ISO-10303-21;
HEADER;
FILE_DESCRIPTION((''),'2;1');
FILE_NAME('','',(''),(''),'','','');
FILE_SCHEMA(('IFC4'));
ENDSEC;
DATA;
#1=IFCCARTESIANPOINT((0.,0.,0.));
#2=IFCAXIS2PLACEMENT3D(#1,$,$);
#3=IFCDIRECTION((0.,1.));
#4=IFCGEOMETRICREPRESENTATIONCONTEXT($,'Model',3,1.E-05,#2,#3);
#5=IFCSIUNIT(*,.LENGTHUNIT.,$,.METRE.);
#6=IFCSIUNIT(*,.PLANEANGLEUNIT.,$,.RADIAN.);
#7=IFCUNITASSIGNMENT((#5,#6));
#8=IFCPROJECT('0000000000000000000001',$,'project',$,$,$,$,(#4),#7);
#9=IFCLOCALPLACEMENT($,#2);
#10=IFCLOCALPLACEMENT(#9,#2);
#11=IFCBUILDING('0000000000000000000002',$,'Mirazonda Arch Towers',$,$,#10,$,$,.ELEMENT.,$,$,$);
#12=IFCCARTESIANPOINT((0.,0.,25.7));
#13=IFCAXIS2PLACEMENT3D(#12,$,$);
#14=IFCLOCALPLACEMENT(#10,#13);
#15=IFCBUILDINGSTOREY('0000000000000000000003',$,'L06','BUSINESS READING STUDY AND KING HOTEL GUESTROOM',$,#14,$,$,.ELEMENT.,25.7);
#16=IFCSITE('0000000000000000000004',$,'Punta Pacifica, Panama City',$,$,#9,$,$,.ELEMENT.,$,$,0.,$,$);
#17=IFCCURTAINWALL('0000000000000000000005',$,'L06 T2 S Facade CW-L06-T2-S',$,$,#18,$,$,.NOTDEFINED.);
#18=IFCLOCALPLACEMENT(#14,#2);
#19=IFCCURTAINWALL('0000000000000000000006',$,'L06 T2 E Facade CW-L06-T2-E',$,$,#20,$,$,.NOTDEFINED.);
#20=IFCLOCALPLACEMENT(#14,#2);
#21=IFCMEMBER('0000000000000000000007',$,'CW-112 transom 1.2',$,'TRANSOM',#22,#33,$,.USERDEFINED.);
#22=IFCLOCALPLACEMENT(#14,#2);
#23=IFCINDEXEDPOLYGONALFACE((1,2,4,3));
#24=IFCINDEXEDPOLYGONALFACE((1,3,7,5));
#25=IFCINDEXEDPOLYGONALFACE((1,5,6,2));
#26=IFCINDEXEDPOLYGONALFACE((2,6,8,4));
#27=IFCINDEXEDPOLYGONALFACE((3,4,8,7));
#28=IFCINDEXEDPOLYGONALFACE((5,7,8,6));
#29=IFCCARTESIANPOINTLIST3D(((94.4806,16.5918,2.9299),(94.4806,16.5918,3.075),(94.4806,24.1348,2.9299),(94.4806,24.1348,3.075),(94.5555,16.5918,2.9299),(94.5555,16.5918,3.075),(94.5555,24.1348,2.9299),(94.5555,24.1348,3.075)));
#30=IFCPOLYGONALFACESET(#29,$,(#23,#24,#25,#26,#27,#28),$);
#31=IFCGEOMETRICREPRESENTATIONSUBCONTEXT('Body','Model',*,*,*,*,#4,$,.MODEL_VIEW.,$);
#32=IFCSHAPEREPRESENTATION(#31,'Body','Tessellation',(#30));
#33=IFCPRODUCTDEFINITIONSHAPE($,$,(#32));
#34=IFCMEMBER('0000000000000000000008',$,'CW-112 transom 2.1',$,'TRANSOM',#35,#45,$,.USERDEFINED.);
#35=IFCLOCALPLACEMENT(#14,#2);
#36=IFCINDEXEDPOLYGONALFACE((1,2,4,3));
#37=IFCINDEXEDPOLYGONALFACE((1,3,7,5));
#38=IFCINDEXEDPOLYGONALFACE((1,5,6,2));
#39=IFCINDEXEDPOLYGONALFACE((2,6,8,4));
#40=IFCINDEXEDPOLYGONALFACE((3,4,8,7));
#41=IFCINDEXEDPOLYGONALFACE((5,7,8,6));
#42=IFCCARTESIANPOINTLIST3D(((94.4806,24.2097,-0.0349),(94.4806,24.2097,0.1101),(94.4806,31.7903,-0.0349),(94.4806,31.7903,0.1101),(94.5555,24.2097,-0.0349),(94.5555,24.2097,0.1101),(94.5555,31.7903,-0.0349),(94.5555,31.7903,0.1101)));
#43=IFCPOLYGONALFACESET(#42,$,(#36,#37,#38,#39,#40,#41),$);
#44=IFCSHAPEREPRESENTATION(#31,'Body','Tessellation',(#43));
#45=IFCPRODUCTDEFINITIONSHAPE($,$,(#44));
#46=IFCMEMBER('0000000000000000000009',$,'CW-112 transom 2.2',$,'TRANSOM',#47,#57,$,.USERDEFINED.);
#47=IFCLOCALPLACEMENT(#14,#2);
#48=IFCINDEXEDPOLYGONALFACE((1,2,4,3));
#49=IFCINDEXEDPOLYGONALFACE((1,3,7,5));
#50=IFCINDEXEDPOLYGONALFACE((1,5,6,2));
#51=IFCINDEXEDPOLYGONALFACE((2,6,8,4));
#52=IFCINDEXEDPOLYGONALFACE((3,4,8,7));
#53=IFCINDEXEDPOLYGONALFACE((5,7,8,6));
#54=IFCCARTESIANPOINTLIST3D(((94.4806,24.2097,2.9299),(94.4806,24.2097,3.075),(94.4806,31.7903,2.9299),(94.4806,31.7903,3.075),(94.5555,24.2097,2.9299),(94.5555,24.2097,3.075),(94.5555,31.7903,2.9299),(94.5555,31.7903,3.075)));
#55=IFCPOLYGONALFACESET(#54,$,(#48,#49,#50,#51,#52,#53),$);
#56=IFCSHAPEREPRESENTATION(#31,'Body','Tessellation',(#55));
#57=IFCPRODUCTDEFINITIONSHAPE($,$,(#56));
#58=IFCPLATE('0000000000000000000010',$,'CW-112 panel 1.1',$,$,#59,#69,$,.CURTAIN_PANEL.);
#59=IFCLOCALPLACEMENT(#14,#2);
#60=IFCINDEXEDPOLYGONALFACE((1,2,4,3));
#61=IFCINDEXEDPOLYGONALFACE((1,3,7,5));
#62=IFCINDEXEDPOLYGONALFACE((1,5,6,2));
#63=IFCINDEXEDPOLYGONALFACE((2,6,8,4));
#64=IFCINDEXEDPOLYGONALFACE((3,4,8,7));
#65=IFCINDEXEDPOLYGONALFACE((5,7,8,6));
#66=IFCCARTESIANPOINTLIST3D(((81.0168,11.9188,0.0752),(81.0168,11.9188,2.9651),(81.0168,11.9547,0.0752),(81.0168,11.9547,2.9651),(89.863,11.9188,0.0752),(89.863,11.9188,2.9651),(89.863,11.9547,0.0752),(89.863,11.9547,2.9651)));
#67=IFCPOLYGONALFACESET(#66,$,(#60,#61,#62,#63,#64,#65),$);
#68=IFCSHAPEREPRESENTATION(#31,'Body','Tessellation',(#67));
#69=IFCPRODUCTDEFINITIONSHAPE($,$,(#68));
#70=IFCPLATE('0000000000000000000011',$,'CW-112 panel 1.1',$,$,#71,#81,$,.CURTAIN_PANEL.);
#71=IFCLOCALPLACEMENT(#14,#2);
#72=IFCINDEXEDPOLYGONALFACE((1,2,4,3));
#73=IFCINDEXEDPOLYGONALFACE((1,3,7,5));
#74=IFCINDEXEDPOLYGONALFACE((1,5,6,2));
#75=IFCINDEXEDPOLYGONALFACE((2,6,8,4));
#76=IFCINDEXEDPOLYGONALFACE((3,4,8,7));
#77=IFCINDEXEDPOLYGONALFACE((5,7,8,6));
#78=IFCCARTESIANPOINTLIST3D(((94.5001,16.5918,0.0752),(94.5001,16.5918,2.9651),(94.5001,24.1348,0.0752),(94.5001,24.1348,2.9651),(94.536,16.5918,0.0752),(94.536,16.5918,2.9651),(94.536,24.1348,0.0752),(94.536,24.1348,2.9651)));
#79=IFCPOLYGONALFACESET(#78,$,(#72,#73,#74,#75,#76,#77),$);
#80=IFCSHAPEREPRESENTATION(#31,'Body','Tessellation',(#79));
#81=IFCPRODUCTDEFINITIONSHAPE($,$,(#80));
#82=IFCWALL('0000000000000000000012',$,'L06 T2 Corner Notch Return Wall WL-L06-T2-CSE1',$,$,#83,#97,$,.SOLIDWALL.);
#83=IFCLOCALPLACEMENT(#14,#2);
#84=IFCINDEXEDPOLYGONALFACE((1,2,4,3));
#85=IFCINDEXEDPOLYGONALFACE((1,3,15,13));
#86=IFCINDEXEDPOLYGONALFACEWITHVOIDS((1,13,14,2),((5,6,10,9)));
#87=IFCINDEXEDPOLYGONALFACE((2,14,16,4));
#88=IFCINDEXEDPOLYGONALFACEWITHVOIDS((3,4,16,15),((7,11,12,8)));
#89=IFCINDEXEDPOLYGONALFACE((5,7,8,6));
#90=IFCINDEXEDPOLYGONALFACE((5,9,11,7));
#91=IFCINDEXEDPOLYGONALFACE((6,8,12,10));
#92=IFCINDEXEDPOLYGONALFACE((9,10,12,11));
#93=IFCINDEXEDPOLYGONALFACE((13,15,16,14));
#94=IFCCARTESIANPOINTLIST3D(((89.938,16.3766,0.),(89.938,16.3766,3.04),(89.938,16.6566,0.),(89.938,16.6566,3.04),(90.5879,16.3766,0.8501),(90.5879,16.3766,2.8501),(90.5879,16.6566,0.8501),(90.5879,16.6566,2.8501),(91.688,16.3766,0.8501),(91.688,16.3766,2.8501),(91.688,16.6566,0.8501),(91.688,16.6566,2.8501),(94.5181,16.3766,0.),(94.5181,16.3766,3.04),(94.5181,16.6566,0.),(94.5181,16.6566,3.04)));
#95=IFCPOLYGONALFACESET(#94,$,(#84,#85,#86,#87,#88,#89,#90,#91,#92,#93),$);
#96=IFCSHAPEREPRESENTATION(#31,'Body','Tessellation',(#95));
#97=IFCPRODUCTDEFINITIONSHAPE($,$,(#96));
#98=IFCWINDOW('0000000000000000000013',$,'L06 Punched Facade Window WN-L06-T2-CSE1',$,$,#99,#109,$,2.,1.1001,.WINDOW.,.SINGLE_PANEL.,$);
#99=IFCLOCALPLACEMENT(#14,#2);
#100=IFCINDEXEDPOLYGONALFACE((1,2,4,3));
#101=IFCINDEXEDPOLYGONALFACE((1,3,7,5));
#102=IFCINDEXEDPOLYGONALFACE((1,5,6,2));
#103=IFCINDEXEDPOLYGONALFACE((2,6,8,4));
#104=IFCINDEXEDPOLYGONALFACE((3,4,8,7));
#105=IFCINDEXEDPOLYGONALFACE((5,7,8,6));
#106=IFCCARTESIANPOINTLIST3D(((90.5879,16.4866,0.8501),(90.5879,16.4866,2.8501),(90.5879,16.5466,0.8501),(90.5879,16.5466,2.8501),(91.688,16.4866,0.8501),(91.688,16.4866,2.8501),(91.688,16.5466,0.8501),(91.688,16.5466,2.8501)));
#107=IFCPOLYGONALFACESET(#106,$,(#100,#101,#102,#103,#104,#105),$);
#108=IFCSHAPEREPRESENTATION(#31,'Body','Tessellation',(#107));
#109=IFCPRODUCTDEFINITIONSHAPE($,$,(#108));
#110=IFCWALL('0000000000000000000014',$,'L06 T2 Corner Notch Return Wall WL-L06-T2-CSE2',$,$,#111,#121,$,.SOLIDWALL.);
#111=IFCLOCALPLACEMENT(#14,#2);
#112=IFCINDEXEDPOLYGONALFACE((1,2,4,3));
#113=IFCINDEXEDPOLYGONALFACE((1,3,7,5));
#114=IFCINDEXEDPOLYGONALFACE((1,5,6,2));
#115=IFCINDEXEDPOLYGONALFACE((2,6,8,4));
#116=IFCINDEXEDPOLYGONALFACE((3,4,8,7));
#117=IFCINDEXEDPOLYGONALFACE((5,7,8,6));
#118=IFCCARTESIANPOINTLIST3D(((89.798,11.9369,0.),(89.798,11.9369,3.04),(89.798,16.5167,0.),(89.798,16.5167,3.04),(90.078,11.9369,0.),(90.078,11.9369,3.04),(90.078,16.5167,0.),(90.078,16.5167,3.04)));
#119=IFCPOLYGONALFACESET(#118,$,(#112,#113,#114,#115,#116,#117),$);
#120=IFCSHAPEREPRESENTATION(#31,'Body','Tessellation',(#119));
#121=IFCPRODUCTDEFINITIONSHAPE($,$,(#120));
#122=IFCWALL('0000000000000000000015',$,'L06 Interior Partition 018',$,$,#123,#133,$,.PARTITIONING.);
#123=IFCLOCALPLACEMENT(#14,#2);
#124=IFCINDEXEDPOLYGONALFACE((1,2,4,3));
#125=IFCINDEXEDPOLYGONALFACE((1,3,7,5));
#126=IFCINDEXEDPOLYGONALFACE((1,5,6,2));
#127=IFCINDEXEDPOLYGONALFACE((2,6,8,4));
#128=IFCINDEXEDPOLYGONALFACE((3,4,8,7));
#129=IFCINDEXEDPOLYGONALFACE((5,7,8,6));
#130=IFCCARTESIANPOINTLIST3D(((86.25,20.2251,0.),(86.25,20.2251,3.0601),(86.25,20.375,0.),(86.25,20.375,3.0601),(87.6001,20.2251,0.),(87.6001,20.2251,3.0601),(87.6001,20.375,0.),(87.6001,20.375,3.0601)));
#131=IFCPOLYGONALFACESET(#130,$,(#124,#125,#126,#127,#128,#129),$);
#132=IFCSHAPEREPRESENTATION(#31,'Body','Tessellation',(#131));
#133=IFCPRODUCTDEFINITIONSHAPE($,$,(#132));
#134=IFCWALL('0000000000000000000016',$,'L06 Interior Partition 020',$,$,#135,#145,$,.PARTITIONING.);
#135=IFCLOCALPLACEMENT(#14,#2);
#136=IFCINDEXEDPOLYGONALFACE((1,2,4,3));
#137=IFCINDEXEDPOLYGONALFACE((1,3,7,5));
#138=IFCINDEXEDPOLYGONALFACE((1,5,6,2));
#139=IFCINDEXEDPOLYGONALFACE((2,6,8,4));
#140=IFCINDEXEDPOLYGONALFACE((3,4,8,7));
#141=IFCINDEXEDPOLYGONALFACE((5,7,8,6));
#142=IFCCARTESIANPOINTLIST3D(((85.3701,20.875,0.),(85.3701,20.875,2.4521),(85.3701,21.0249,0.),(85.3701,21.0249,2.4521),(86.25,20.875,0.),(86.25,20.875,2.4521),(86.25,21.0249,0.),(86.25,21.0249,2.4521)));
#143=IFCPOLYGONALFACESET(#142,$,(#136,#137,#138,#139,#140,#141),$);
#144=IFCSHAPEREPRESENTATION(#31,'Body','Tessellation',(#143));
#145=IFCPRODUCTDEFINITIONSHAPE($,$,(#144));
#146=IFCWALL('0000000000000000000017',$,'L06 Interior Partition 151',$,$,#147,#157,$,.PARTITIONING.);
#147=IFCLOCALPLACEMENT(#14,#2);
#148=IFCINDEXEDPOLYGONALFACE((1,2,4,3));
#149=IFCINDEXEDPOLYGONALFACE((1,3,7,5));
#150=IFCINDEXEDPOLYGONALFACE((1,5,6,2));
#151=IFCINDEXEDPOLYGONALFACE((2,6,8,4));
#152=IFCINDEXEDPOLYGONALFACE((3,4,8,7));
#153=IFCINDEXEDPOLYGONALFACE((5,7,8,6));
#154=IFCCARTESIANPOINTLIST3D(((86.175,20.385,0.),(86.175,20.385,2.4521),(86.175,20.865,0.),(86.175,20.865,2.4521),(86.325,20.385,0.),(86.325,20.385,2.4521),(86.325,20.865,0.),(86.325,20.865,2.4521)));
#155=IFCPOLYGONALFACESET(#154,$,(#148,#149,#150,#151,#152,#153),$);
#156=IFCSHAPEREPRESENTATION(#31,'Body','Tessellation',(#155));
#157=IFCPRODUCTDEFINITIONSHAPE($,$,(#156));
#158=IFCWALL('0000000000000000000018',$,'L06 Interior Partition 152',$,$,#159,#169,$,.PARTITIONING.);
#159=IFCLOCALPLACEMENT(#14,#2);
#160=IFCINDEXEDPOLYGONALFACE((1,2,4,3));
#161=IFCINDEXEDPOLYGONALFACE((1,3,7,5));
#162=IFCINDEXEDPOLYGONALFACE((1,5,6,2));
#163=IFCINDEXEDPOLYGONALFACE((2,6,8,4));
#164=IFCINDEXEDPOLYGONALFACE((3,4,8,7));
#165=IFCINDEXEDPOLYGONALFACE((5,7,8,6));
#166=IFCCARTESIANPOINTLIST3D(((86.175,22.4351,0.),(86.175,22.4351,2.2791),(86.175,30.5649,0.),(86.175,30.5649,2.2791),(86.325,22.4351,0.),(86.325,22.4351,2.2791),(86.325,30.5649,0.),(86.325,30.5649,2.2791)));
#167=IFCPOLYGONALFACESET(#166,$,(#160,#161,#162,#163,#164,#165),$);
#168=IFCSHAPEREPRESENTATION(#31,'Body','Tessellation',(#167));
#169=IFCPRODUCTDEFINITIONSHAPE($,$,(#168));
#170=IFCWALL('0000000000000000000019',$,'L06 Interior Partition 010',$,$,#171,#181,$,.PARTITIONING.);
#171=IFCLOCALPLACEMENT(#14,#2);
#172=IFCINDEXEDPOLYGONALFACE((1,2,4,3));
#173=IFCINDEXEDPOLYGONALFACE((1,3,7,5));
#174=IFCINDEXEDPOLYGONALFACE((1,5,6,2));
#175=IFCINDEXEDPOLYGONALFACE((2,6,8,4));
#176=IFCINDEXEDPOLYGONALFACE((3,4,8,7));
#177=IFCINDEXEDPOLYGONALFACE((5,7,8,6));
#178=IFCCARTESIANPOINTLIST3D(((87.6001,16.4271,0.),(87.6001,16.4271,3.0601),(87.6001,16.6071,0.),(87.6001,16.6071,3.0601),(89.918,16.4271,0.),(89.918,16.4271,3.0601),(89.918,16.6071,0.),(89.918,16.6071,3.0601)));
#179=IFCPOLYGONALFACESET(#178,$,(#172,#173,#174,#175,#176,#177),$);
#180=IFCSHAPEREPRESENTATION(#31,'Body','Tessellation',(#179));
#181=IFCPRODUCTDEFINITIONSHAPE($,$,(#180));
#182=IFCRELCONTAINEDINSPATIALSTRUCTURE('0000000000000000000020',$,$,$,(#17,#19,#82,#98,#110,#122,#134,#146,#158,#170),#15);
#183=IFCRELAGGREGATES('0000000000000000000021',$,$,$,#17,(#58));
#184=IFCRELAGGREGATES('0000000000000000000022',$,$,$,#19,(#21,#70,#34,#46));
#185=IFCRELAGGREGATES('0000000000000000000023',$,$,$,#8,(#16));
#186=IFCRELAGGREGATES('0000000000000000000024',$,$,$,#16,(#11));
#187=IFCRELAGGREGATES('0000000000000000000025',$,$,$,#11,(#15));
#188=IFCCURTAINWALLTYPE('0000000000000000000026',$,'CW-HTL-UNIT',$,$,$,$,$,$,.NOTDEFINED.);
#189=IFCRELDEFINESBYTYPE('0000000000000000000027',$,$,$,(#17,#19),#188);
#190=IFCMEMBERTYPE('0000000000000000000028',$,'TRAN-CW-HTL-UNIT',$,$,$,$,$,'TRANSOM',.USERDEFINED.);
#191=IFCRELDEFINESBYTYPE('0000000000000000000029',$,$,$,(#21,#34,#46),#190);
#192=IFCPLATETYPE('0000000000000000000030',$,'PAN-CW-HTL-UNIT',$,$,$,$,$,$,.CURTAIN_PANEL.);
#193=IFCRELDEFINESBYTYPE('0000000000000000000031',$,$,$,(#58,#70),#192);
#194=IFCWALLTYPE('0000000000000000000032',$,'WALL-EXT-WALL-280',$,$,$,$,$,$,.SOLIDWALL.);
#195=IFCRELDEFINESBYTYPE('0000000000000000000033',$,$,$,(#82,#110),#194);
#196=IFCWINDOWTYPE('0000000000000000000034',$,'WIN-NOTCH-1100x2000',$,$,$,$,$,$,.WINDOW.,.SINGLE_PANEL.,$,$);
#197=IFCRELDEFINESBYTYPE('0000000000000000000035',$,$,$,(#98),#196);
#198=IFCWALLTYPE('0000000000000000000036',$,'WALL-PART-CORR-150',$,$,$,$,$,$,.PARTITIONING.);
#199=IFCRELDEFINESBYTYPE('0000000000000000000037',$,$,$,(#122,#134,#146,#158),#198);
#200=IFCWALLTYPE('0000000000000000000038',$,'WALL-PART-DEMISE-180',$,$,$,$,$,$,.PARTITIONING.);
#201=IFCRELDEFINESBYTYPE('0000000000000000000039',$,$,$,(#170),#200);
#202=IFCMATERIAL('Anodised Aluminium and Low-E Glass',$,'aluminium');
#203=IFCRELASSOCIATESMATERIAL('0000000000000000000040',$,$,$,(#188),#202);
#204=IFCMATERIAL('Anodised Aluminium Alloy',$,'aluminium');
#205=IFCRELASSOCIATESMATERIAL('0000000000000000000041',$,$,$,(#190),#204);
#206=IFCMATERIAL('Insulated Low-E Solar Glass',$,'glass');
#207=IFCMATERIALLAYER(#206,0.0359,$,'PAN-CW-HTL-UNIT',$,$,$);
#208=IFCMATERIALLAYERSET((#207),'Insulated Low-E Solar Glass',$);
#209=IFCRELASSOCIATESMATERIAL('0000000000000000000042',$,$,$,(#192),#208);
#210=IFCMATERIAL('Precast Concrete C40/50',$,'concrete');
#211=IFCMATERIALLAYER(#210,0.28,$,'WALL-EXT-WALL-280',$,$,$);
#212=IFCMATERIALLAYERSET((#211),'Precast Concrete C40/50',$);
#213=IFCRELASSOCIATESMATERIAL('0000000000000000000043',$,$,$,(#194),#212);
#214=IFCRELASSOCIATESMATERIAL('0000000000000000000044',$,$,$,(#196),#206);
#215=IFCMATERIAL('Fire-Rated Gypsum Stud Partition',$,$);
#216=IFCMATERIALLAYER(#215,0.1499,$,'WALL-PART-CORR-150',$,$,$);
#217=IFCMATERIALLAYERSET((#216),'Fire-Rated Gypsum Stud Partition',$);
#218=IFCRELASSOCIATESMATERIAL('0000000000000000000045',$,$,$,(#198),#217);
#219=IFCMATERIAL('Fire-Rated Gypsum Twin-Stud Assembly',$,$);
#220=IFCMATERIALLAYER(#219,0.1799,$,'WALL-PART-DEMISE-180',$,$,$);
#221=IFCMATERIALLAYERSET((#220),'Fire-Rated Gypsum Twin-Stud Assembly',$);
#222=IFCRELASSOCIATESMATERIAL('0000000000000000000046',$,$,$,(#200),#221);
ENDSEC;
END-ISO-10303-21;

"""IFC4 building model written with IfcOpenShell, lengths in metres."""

from ifc_helpers import new_model, si_unit, direction, frame, frame_2d, origin, origin_2d, place, context, subcontext, project, spatial, rectangle, extrude, material, layer, layer_set, material_profile, profile_set, type_object, element, fill, aggregate, save


model = new_model("IFC4")

# Units and contexts
model_context = context("Model", 3, precision=1e-05, world=origin(), true_north=direction((0.0, 1.0)))
body_context = subcontext(model_context, "Body", "Model", "MODEL_VIEW")
ifc_project = project(units=[si_unit("LENGTHUNIT", "METRE"), si_unit("PLANEANGLEUNIT", "RADIAN")], contexts=[model_context])

# Site, building, storey
site_placement = place(None, origin())
site = spatial("IfcSite", under=ifc_project, at=site_placement, Name="Punta Pacifica, Panama City", CompositionType="ELEMENT", RefElevation=0.0)
building_placement = place(site_placement, origin())
building = spatial("IfcBuilding", under=site, at=building_placement, Name="Mirazonda Arch Towers", CompositionType="ELEMENT")
storey_placement = place(building_placement, frame((0.0, 0.0, 25.7)))
storey = spatial("IfcBuildingStorey", under=building, at=storey_placement, Name="L06", Description="BUSINESS READING STUDY AND KING HOTEL GUESTROOM", CompositionType="ELEMENT", Elevation=25.7)

# Curtain wall
ifc_material_1 = material(Name="Anodised Aluminium and Low-E Glass", Category="aluminium")
curtain_wall_type = type_object("IfcCurtainWallType", Name="CW-HTL-UNIT", PredefinedType="NOTDEFINED", material=ifc_material_1)
curtain_wall_1_placement = place(storey_placement, origin())
curtain_wall_1 = element("IfcCurtainWall", 1, at=curtain_wall_1_placement, inside=storey, type_object=curtain_wall_type, Name="L06 T2 S Facade CW-L06-T2-S", PredefinedType="NOTDEFINED")
ifc_material_2 = material(Name="Anodised Aluminium Alloy", Category="aluminium")

# Curtain wall
curtain_wall_2_placement = place(storey_placement, origin())
curtain_wall_2 = element("IfcCurtainWall", 2, at=curtain_wall_2_placement, inside=storey, type_object=curtain_wall_type, Name="L06 T2 E Facade CW-L06-T2-E", PredefinedType="NOTDEFINED")

# Members
ifc_material_profile_1 = material_profile(ifc_material_2, rectangle(XDim=0.075, YDim=0.145, at=origin_2d()), Name="ALU-TRAN-75x145")
ifc_profile_set_1 = profile_set([ifc_material_profile_1], Name="Anodised Aluminium Alloy")
member_type_1 = type_object("IfcMemberType", Name="TRAN-CW-HTL-UNIT", ElementType="TRANSOM", PredefinedType="USERDEFINED", material=ifc_profile_set_1)
member_1_placement = place(storey_placement, frame((94.5181, 16.5918, 3.0024), z_axis=(0.0, 1.0, 0.0), x_axis=(-1.0, 0.0, 0.0)))
member_1 = element("IfcMember", 3, at=member_1_placement, type_object=member_type_1, Name="CW-112 transom 1.2", ObjectType="TRANSOM", PredefinedType="USERDEFINED", context=body_context, shape_type="SweptSolid", body=[
    extrude(rectangle(XDim=0.075, YDim=0.145, at=origin_2d()), origin(), (0.0, 0.0, 1.0), 7.543),
])
member_2_placement = place(storey_placement, frame((94.5181, 24.2097, 0.0376), z_axis=(0.0, 1.0, 0.0), x_axis=(-1.0, 0.0, 0.0)))
member_2 = element("IfcMember", 4, at=member_2_placement, type_object=member_type_1, Name="CW-112 transom 2.1", ObjectType="TRANSOM", PredefinedType="USERDEFINED", context=body_context, shape_type="SweptSolid", body=[
    extrude(rectangle(XDim=0.075, YDim=0.145, at=origin_2d()), origin(), (0.0, 0.0, 1.0), 7.5806),
])
member_3_placement = place(storey_placement, frame((94.5181, 24.2097, 3.0024), z_axis=(0.0, 1.0, 0.0), x_axis=(-1.0, 0.0, 0.0)))
member_3 = element("IfcMember", 5, at=member_3_placement, type_object=member_type_1, Name="CW-112 transom 2.2", ObjectType="TRANSOM", PredefinedType="USERDEFINED", context=body_context, shape_type="SweptSolid", body=[
    extrude(rectangle(XDim=0.075, YDim=0.145, at=origin_2d()), origin(), (0.0, 0.0, 1.0), 7.5806),
])

# Plates
ifc_material_3 = material(Name="Insulated Low-E Solar Glass", Category="glass")
ifc_layer_1 = layer(ifc_material_3, 0.0359, Name="PAN-CW-HTL-UNIT")
ifc_layer_set_1 = layer_set([ifc_layer_1], Name="Insulated Low-E Solar Glass")
plate_type = type_object("IfcPlateType", Name="PAN-CW-HTL-UNIT", PredefinedType="CURTAIN_PANEL", material=ifc_layer_set_1)
plate_1_placement = place(storey_placement, frame((85.4399, 11.9368, 0.0752), z_axis=(0.0, 0.0, 1.0), x_axis=(-1.0, 0.0, 0.0)))
plate_1 = element("IfcPlate", 6, at=plate_1_placement, type_object=plate_type, Name="CW-112 panel 1.1", PredefinedType="CURTAIN_PANEL", context=body_context, shape_type="SweptSolid", body=[
    extrude(rectangle(XDim=8.8462, YDim=0.0359, at=origin_2d()), origin(), (0.0, 0.0, 1.0), 2.8899),
])
aggregate(curtain_wall_1, [plate_1])
plate_2_placement = place(storey_placement, frame((94.5181, 20.3633, 0.0752), z_axis=(0.0, 0.0, 1.0), x_axis=(0.0, 1.0, 0.0)))
plate_2 = element("IfcPlate", 7, at=plate_2_placement, type_object=plate_type, Name="CW-112 panel 1.1", PredefinedType="CURTAIN_PANEL", context=body_context, shape_type="SweptSolid", body=[
    extrude(rectangle(XDim=7.543, YDim=0.0359, at=origin_2d()), origin(), (0.0, 0.0, 1.0), 2.8899),
])
aggregate(curtain_wall_2, [member_1, plate_2, member_2, member_3])

# Wall, opening, window
ifc_material_4 = material(Name="Precast Concrete C40/50", Category="concrete")
ifc_layer_2 = layer(ifc_material_4, 0.28, Name="WALL-EXT-WALL-280")
ifc_layer_set_2 = layer_set([ifc_layer_2], Name="Precast Concrete C40/50")
wall_type_1 = type_object("IfcWallType", Name="WALL-EXT-WALL-280", PredefinedType="SOLIDWALL", material=ifc_layer_set_2)
wall_1_placement = place(storey_placement, frame((89.938, 16.5166, 0.0), z_axis=(0.0, 0.0, 1.0), x_axis=(1.0, 0.0, 0.0)))
wall_1 = element("IfcWall", 8, at=wall_1_placement, inside=storey, type_object=wall_type_1, Name="L06 T2 Corner Notch Return Wall WL-L06-T2-CSE1", PredefinedType="SOLIDWALL", context=body_context, shape_type="SweptSolid", body=[
    extrude(rectangle(XDim=4.5801, YDim=0.28, at=frame_2d((2.29, 0.0))), origin(), (0.0, 0.0, 1.0), 3.04),
])
opening_1_placement = place(wall_1_placement, frame((0.6499, 0.0, 0.8501)))
opening_1 = element("IfcOpeningElement", 9, at=opening_1_placement, cuts=wall_1, PredefinedType="OPENING", context=body_context, shape_type="SweptSolid", body=[
    extrude(rectangle(XDim=1.1001, YDim=2.0, at=frame_2d((0.55, 1.0))), frame((0.0, 0.1499, 0.0), z_axis=(0.0, -1.0, 0.0), x_axis=(1.0, 0.0, 0.0)), (0.0, 0.0, 1.0), 0.3),
])
window_type = type_object("IfcWindowType", Name="WIN-NOTCH-1100x2000", PartitioningType="SINGLE_PANEL", PredefinedType="WINDOW", material=ifc_material_3)
window_placement = place(opening_1_placement, origin())
window = element("IfcWindow", 10, at=window_placement, inside=storey, type_object=window_type, Name="L06 Punched Facade Window WN-L06-T2-CSE1", OverallHeight=2.0, OverallWidth=1.1001, PartitioningType="SINGLE_PANEL", PredefinedType="WINDOW", context=body_context, shape_type="SweptSolid", body=[
    extrude(rectangle(XDim=1.1001, YDim=2.0, at=frame_2d((0.55, 1.0))), frame((0.0, 0.03, 0.0), z_axis=(0.0, -1.0, 0.0), x_axis=(1.0, 0.0, 0.0)), (0.0, 0.0, 1.0), 0.0601),
])
fill(opening_1, window)

# Walls
wall_2_placement = place(storey_placement, frame((89.938, 11.9368, 0.0), z_axis=(0.0, 0.0, 1.0), x_axis=(0.0, 1.0, 0.0)))
element("IfcWall", 11, at=wall_2_placement, inside=storey, type_object=wall_type_1, Name="L06 T2 Corner Notch Return Wall WL-L06-T2-CSE2", PredefinedType="SOLIDWALL", context=body_context, shape_type="SweptSolid", body=[
    extrude(rectangle(XDim=4.5798, YDim=0.28, at=frame_2d((2.29, 0.0))), origin(), (0.0, 0.0, 1.0), 3.04),
])
ifc_material_5 = material(Name="Fire-Rated Gypsum Stud Partition")
ifc_layer_3 = layer(ifc_material_5, 0.1499, Name="WALL-PART-CORR-150")
ifc_layer_set_3 = layer_set([ifc_layer_3], Name="Fire-Rated Gypsum Stud Partition")
wall_type_2 = type_object("IfcWallType", Name="WALL-PART-CORR-150", PredefinedType="PARTITIONING", material=ifc_layer_set_3)
wall_3_placement = place(storey_placement, frame((86.25, 20.3, 0.0), z_axis=(0.0, 0.0, 1.0), x_axis=(1.0, 0.0, 0.0)))
element("IfcWall", 12, at=wall_3_placement, inside=storey, type_object=wall_type_2, Name="L06 Interior Partition 018", PredefinedType="PARTITIONING", context=body_context, shape_type="SweptSolid", body=[
    extrude(rectangle(XDim=1.3501, YDim=0.1499, at=frame_2d((0.675, 0.0))), origin(), (0.0, 0.0, 1.0), 3.0601),
])
wall_4_placement = place(storey_placement, frame((85.3701, 20.95, 0.0), z_axis=(0.0, 0.0, 1.0), x_axis=(1.0, 0.0, 0.0)))
element("IfcWall", 13, at=wall_4_placement, inside=storey, type_object=wall_type_2, Name="L06 Interior Partition 020", PredefinedType="PARTITIONING", context=body_context, shape_type="SweptSolid", body=[
    extrude(rectangle(XDim=0.8799, YDim=0.1499, at=frame_2d((0.4399, 0.0))), origin(), (0.0, 0.0, 1.0), 2.4521),
])
wall_5_placement = place(storey_placement, frame((86.25, 20.385, 0.0), z_axis=(0.0, 0.0, 1.0), x_axis=(0.0, 1.0, 0.0)))
element("IfcWall", 14, at=wall_5_placement, inside=storey, type_object=wall_type_2, Name="L06 Interior Partition 151", PredefinedType="PARTITIONING", context=body_context, shape_type="SweptSolid", body=[
    extrude(rectangle(XDim=0.48, YDim=0.1499, at=frame_2d((0.24, 0.0))), origin(), (0.0, 0.0, 1.0), 2.4521),
])
wall_6_placement = place(storey_placement, frame((86.25, 22.4351, 0.0), z_axis=(0.0, 0.0, 1.0), x_axis=(0.0, 1.0, 0.0)))
element("IfcWall", 15, at=wall_6_placement, inside=storey, type_object=wall_type_2, Name="L06 Interior Partition 152", PredefinedType="PARTITIONING", context=body_context, shape_type="SweptSolid", body=[
    extrude(rectangle(XDim=8.1299, YDim=0.1499, at=frame_2d((4.0649, 0.0))), origin(), (0.0, 0.0, 1.0), 2.2791),
])
ifc_material_6 = material(Name="Fire-Rated Gypsum Twin-Stud Assembly")
ifc_layer_4 = layer(ifc_material_6, 0.1799, Name="WALL-PART-DEMISE-180")
ifc_layer_set_4 = layer_set([ifc_layer_4], Name="Fire-Rated Gypsum Twin-Stud Assembly")
wall_type_3 = type_object("IfcWallType", Name="WALL-PART-DEMISE-180", PredefinedType="PARTITIONING", material=ifc_layer_set_4)
wall_7_placement = place(storey_placement, frame((87.6001, 16.5171, 0.0), z_axis=(0.0, 0.0, 1.0), x_axis=(1.0, 0.0, 0.0)))
element("IfcWall", 16, at=wall_7_placement, inside=storey, type_object=wall_type_3, Name="L06 Interior Partition 010", PredefinedType="PARTITIONING", context=body_context, shape_type="SweptSolid", body=[
    extrude(rectangle(XDim=2.3179, YDim=0.1799, at=frame_2d((1.1589, 0.0))), origin(), (0.0, 0.0, 1.0), 3.0601),
])

save(model, "model.ifc")
